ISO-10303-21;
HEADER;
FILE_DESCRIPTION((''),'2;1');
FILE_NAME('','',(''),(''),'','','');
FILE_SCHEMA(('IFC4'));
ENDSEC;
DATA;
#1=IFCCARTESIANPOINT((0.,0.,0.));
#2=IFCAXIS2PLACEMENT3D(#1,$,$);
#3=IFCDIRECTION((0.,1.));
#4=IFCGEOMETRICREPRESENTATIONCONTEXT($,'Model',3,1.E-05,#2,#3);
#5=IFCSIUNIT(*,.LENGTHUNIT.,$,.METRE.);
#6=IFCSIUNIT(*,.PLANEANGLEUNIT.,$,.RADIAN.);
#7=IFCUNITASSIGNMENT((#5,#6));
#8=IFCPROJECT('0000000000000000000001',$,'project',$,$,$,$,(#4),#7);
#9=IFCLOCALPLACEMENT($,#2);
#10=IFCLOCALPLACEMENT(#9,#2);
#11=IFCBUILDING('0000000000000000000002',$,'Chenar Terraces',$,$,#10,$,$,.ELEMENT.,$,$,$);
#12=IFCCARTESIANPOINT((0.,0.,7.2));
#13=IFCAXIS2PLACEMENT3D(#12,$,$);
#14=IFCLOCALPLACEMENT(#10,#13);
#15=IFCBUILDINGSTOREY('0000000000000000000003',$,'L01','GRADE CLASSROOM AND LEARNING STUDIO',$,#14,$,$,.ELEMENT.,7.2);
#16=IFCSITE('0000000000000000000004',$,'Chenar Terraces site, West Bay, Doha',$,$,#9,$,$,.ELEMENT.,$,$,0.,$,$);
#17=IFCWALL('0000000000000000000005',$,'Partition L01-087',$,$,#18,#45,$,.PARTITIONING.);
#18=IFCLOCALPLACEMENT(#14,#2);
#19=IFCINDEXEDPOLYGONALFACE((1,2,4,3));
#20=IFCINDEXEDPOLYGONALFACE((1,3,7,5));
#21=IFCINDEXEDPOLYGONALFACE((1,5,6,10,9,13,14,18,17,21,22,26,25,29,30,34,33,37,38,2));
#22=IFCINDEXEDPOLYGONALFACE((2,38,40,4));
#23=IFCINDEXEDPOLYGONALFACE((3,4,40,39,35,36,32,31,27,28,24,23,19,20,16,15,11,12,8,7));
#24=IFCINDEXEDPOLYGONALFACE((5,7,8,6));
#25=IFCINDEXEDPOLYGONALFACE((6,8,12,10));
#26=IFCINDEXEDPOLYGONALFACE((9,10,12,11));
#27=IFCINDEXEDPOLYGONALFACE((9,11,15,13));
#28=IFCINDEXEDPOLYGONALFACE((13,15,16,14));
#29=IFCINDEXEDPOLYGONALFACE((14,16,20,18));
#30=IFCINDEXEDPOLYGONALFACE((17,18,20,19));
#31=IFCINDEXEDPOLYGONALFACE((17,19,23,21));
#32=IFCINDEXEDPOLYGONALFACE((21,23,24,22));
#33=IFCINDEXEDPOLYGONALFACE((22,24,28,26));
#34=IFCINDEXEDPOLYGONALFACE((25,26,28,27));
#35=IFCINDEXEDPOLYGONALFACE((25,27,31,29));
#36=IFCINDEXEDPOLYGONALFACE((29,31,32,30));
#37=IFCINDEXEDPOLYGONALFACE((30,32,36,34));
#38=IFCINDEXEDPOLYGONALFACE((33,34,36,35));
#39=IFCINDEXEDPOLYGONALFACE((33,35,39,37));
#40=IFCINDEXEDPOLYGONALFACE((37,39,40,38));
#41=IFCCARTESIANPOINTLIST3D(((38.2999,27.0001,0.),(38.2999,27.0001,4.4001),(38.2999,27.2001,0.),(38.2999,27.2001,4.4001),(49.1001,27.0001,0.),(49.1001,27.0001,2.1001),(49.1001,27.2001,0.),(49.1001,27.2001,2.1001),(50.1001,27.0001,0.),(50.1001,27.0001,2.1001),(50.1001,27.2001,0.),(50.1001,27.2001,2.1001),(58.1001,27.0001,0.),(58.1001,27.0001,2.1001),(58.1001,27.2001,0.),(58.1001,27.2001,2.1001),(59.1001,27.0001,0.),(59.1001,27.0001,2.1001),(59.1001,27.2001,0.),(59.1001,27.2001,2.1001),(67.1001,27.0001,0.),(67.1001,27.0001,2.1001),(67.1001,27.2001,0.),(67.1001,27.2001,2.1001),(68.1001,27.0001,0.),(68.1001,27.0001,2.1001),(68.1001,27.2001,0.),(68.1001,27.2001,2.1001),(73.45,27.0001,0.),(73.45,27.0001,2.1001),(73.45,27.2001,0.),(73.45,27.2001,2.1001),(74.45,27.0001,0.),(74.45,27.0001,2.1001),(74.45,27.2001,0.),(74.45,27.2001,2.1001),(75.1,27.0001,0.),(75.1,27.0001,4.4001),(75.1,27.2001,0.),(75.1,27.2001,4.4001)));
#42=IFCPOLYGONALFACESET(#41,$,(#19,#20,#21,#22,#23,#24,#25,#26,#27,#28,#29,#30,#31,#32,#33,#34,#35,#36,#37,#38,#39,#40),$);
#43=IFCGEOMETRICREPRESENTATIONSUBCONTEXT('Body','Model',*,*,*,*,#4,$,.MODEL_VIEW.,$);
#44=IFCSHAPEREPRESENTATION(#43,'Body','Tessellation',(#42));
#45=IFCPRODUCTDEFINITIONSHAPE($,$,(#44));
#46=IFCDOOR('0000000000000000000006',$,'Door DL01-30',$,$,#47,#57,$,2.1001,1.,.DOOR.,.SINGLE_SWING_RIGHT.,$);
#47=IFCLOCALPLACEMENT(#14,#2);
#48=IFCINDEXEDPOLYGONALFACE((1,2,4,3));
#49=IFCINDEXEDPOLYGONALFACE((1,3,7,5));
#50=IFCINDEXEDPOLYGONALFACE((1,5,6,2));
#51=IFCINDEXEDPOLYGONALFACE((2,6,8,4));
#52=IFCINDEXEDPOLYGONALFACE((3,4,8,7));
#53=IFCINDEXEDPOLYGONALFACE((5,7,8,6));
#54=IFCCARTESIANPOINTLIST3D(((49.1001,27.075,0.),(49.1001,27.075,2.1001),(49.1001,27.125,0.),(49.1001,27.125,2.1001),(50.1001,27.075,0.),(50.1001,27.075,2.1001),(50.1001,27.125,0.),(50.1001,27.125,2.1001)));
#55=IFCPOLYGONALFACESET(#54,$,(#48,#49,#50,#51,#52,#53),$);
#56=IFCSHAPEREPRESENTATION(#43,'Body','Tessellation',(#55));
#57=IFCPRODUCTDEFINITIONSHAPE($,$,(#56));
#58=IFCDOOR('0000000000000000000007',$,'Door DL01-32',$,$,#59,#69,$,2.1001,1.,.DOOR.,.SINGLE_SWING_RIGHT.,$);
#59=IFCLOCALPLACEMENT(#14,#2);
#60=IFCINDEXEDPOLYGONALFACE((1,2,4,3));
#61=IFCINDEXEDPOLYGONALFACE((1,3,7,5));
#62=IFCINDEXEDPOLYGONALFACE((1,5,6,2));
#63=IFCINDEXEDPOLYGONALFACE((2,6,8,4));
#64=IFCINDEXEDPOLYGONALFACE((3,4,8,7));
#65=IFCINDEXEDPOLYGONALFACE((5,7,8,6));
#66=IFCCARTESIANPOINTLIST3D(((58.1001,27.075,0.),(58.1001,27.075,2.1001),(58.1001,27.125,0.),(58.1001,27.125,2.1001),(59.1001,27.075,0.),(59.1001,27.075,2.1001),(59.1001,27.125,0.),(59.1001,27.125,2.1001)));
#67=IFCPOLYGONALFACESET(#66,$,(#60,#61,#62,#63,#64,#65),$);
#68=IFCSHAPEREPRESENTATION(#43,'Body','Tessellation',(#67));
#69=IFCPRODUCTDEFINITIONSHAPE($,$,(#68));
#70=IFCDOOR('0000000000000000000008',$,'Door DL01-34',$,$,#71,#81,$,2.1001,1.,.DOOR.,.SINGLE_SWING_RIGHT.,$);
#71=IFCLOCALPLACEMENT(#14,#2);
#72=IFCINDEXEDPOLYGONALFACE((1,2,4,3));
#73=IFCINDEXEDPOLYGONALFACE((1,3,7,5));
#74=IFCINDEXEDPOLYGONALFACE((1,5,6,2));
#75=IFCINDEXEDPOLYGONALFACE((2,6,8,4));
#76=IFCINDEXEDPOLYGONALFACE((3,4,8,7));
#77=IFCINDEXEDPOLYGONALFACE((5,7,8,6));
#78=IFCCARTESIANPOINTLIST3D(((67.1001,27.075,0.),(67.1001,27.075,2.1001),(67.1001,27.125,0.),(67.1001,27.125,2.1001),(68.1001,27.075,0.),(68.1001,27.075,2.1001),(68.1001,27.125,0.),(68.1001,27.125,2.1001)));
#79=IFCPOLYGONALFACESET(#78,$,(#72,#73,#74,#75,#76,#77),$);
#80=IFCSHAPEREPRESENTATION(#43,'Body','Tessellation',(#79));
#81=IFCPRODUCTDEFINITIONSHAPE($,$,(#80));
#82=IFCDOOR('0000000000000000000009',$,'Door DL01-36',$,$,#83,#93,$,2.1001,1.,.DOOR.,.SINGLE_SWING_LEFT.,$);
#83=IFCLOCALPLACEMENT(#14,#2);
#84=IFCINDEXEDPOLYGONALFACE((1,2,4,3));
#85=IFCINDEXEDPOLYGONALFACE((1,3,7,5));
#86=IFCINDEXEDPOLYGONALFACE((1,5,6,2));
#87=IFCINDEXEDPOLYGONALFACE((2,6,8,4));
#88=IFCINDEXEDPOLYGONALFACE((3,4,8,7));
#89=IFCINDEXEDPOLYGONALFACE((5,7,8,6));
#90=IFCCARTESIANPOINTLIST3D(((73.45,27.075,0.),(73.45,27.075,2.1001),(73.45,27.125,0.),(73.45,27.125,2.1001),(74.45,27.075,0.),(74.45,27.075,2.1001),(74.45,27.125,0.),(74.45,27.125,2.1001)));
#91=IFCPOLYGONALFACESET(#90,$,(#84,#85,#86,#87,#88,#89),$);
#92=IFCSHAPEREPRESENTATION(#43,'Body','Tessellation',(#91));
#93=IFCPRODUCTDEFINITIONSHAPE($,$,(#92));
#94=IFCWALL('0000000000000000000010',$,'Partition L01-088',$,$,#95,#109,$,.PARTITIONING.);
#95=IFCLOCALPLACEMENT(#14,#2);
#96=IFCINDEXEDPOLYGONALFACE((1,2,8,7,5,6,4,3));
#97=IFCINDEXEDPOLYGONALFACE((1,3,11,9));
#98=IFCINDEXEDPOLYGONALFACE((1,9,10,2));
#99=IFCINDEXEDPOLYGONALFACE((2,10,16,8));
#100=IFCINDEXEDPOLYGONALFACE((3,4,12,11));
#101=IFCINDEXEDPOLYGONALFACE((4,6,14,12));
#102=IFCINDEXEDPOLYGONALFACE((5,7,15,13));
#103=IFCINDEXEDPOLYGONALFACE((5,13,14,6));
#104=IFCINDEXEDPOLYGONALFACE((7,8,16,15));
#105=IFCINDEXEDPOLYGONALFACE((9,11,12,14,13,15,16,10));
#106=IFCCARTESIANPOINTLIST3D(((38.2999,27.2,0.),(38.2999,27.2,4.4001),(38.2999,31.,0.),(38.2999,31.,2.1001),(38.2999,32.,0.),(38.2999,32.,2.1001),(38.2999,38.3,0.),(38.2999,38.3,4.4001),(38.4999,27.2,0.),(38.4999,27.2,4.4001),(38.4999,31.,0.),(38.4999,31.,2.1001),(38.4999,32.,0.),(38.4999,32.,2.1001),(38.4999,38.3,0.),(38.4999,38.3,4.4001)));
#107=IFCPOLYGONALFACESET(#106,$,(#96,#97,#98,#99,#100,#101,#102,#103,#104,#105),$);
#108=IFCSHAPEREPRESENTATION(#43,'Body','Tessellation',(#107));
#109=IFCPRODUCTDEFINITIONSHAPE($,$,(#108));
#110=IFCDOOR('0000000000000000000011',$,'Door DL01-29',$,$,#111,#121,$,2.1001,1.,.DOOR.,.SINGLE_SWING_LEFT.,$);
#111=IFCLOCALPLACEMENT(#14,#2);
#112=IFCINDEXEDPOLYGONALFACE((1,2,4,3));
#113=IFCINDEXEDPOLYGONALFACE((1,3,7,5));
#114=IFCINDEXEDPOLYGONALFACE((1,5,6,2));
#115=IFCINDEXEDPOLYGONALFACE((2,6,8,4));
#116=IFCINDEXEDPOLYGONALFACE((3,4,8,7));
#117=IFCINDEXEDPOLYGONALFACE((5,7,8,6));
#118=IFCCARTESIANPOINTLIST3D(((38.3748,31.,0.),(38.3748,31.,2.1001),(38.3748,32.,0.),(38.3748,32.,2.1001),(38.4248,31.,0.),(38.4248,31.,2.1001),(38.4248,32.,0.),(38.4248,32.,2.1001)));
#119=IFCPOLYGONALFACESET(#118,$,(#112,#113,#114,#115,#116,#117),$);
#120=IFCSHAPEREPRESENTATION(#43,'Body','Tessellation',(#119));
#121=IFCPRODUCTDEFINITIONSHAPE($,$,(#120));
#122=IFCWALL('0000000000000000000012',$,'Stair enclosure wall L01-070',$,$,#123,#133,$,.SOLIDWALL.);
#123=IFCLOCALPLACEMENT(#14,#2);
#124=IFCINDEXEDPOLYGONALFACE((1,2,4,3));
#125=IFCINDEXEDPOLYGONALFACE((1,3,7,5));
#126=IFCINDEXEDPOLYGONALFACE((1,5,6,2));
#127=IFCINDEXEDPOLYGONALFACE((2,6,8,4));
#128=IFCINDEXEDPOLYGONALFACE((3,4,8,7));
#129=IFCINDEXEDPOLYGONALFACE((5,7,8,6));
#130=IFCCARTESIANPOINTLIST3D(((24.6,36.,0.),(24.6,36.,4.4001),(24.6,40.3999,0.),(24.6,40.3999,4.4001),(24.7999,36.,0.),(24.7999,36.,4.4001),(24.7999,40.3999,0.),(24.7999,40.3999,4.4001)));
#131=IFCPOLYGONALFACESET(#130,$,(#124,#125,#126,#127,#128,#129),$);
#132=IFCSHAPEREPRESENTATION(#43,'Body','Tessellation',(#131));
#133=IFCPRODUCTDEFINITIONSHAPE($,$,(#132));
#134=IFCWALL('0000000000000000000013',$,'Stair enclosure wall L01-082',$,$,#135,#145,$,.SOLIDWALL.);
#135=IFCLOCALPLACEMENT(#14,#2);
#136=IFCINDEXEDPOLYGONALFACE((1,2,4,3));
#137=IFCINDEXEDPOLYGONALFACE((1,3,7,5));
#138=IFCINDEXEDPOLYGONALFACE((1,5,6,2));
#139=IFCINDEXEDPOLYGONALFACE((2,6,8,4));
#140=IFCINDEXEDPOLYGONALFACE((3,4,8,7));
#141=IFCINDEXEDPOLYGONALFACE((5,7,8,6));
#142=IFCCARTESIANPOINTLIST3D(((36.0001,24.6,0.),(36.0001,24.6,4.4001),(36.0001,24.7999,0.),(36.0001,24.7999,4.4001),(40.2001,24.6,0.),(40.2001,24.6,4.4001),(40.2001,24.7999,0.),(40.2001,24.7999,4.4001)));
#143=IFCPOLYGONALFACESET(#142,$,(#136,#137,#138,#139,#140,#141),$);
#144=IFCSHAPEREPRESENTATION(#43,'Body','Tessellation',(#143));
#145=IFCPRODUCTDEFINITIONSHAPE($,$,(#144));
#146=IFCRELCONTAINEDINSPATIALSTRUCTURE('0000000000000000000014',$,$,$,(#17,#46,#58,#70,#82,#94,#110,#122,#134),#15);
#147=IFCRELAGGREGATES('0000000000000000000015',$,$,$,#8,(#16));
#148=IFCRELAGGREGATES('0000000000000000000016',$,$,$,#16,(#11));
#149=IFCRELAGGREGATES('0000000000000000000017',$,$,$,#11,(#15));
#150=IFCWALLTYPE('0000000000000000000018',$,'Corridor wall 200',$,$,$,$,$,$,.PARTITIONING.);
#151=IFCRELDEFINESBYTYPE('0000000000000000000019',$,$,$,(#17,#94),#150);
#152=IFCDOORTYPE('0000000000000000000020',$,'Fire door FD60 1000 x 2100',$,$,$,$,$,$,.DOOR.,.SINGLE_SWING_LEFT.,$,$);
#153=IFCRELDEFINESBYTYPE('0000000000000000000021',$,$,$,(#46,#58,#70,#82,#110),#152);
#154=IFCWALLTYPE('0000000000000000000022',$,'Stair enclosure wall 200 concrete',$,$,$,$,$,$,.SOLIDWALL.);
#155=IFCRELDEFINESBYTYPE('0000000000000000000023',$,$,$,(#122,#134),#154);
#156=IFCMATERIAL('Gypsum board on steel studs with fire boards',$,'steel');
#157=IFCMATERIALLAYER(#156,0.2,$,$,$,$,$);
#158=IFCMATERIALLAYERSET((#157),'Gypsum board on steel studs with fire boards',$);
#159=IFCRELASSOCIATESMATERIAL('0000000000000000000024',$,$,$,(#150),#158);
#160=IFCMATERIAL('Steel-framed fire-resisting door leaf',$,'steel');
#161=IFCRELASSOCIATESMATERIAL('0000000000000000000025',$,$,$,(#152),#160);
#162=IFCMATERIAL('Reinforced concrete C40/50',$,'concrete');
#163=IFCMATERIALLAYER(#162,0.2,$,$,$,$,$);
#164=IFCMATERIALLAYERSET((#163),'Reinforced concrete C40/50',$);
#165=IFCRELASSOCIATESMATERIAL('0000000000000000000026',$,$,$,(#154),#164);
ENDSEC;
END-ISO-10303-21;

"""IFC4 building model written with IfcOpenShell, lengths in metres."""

from ifc_helpers import new_model, si_unit, direction, frame, frame_2d, origin, place, context, subcontext, project, spatial, rectangle, extrude, material, layer, layer_set, type_object, element, fill, save


model = new_model("IFC4")

# Units and contexts
model_context = context("Model", 3, precision=1e-05, world=origin(), true_north=direction((0.0, 1.0)))
body_context = subcontext(model_context, "Body", "Model", "MODEL_VIEW")
ifc_project = project(units=[si_unit("LENGTHUNIT", "METRE"), si_unit("PLANEANGLEUNIT", "RADIAN")], contexts=[model_context])

# Site, building, storey
site_placement = place(None, origin())
site = spatial("IfcSite", under=ifc_project, at=site_placement, Name="Chenar Terraces site, West Bay, Doha", CompositionType="ELEMENT", RefElevation=0.0)
building_placement = place(site_placement, origin())
building = spatial("IfcBuilding", under=site, at=building_placement, Name="Chenar Terraces", CompositionType="ELEMENT")
storey_placement = place(building_placement, frame((0.0, 0.0, 7.2)))
storey = spatial("IfcBuildingStorey", under=building, at=storey_placement, Name="L01", Description="GRADE CLASSROOM AND LEARNING STUDIO", CompositionType="ELEMENT", Elevation=7.2)

# Wall, openings, doors
ifc_material_1 = material(Name="Gypsum board on steel studs with fire boards", Category="steel")
ifc_layer_1 = layer(ifc_material_1, 0.2)
ifc_layer_set_1 = layer_set([ifc_layer_1], Name="Gypsum board on steel studs with fire boards")
wall_type_1 = type_object("IfcWallType", Name="Corridor wall 200", PredefinedType="PARTITIONING", material=ifc_layer_set_1)
ifc_material_2 = material(Name="Steel-framed fire-resisting door leaf", Category="steel")
door_type_1 = type_object("IfcDoorType", Name="Fire door FD60 1000 x 2100", OperationType="SINGLE_SWING_LEFT", PredefinedType="DOOR", material=ifc_material_2)
wall_1_placement = place(storey_placement, frame((38.3, 27.1001, 0.0), z_axis=(0.0, 0.0, 1.0), x_axis=(1.0, 0.0, 0.0)))
wall_1 = element("IfcWall", 1, at=wall_1_placement, inside=storey, type_object=wall_type_1, Name="Partition L01-087", PredefinedType="PARTITIONING", context=body_context, shape_type="SweptSolid", body=[
    extrude(rectangle(XDim=36.8, YDim=0.2, at=frame_2d((18.3999, 0.0))), origin(), (0.0, 0.0, 1.0), 4.4001),
])
opening_1_placement = place(wall_1_placement, frame((10.8, 0.0, 0.0)))
opening_1 = element("IfcOpeningElement", 2, at=opening_1_placement, cuts=wall_1, PredefinedType="OPENING", context=body_context, shape_type="SweptSolid", body=[
    extrude(rectangle(XDim=1.0, YDim=2.1001, at=frame_2d((0.5, 1.05))), frame((0.0, 0.1099, 0.0), z_axis=(0.0, -1.0, 0.0), x_axis=(1.0, 0.0, 0.0)), (0.0, 0.0, 1.0), 0.22),
])
opening_2_placement = place(wall_1_placement, frame((19.8, 0.0, 0.0)))
opening_2 = element("IfcOpeningElement", 3, at=opening_2_placement, cuts=wall_1, PredefinedType="OPENING", context=body_context, shape_type="SweptSolid", body=[
    extrude(rectangle(XDim=1.0, YDim=2.1001, at=frame_2d((0.5, 1.05))), frame((0.0, 0.1099, 0.0), z_axis=(0.0, -1.0, 0.0), x_axis=(1.0, 0.0, 0.0)), (0.0, 0.0, 1.0), 0.22),
])
opening_3_placement = place(wall_1_placement, frame((28.8, 0.0, 0.0)))
opening_3 = element("IfcOpeningElement", 4, at=opening_3_placement, cuts=wall_1, PredefinedType="OPENING", context=body_context, shape_type="SweptSolid", body=[
    extrude(rectangle(XDim=1.0, YDim=2.1001, at=frame_2d((0.5, 1.05))), frame((0.0, 0.1099, 0.0), z_axis=(0.0, -1.0, 0.0), x_axis=(1.0, 0.0, 0.0)), (0.0, 0.0, 1.0), 0.22),
])
opening_4_placement = place(wall_1_placement, frame((35.1499, 0.0, 0.0)))
opening_4 = element("IfcOpeningElement", 5, at=opening_4_placement, cuts=wall_1, PredefinedType="OPENING", context=body_context, shape_type="SweptSolid", body=[
    extrude(rectangle(XDim=1.0, YDim=2.1001, at=frame_2d((0.5, 1.05))), frame((0.0, 0.1099, 0.0), z_axis=(0.0, -1.0, 0.0), x_axis=(1.0, 0.0, 0.0)), (0.0, 0.0, 1.0), 0.22),
])
door_1_placement = place(opening_1_placement, origin())
door_1 = element("IfcDoor", 6, at=door_1_placement, inside=storey, type_object=door_type_1, Name="Door DL01-30", OperationType="SINGLE_SWING_RIGHT", OverallHeight=2.1001, OverallWidth=1.0, PredefinedType="DOOR", context=body_context, shape_type="SweptSolid", body=[
    extrude(rectangle(XDim=1.0, YDim=2.1001, at=frame_2d((0.5, 1.05))), frame((0.0, 0.0249, 0.0), z_axis=(0.0, -1.0, 0.0), x_axis=(1.0, 0.0, 0.0)), (0.0, 0.0, 1.0), 0.05),
])
fill(opening_1, door_1)
door_2_placement = place(opening_2_placement, origin())
door_2 = element("IfcDoor", 7, at=door_2_placement, inside=storey, type_object=door_type_1, Name="Door DL01-32", OperationType="SINGLE_SWING_RIGHT", OverallHeight=2.1001, OverallWidth=1.0, PredefinedType="DOOR", context=body_context, shape_type="SweptSolid", body=[
    extrude(rectangle(XDim=1.0, YDim=2.1001, at=frame_2d((0.5, 1.05))), frame((0.0, 0.0249, 0.0), z_axis=(0.0, -1.0, 0.0), x_axis=(1.0, 0.0, 0.0)), (0.0, 0.0, 1.0), 0.05),
])
fill(opening_2, door_2)
door_3_placement = place(opening_3_placement, origin())
door_3 = element("IfcDoor", 8, at=door_3_placement, inside=storey, type_object=door_type_1, Name="Door DL01-34", OperationType="SINGLE_SWING_RIGHT", OverallHeight=2.1001, OverallWidth=1.0, PredefinedType="DOOR", context=body_context, shape_type="SweptSolid", body=[
    extrude(rectangle(XDim=1.0, YDim=2.1001, at=frame_2d((0.5, 1.05))), frame((0.0, 0.0249, 0.0), z_axis=(0.0, -1.0, 0.0), x_axis=(1.0, 0.0, 0.0)), (0.0, 0.0, 1.0), 0.05),
])
fill(opening_3, door_3)
door_4_placement = place(opening_4_placement, origin())
door_4 = element("IfcDoor", 9, at=door_4_placement, inside=storey, type_object=door_type_1, Name="Door DL01-36", OperationType="SINGLE_SWING_LEFT", OverallHeight=2.1001, OverallWidth=1.0, PredefinedType="DOOR", context=body_context, shape_type="SweptSolid", body=[
    extrude(rectangle(XDim=1.0, YDim=2.1001, at=frame_2d((0.5, 1.05))), frame((0.0, 0.0249, 0.0), z_axis=(0.0, -1.0, 0.0), x_axis=(1.0, 0.0, 0.0)), (0.0, 0.0, 1.0), 0.05),
])
fill(opening_4, door_4)

# Wall, opening, door
wall_2_placement = place(storey_placement, frame((38.3999, 27.2, 0.0), z_axis=(0.0, 0.0, 1.0), x_axis=(0.0, 1.0, 0.0)))
wall_2 = element("IfcWall", 10, at=wall_2_placement, inside=storey, type_object=wall_type_1, Name="Partition L01-088", PredefinedType="PARTITIONING", context=body_context, shape_type="SweptSolid", body=[
    extrude(rectangle(XDim=11.1001, YDim=0.2, at=frame_2d((5.55, 0.0))), origin(), (0.0, 0.0, 1.0), 4.4001),
])
opening_5_placement = place(wall_2_placement, frame((3.8, 0.0, 0.0)))
opening_5 = element("IfcOpeningElement", 11, at=opening_5_placement, cuts=wall_2, PredefinedType="OPENING", context=body_context, shape_type="SweptSolid", body=[
    extrude(rectangle(XDim=1.0, YDim=2.1001, at=frame_2d((0.5, 1.05))), frame((0.0, 0.1099, 0.0), z_axis=(0.0, -1.0, 0.0), x_axis=(1.0, 0.0, 0.0)), (0.0, 0.0, 1.0), 0.22),
])
door_5_placement = place(opening_5_placement, frame((1.0, 0.0, 0.0), z_axis=(0.0, 0.0, 1.0), x_axis=(-1.0, 0.0, 0.0)))
door_5 = element("IfcDoor", 12, at=door_5_placement, inside=storey, type_object=door_type_1, Name="Door DL01-29", OperationType="SINGLE_SWING_LEFT", OverallHeight=2.1001, OverallWidth=1.0, PredefinedType="DOOR", context=body_context, shape_type="SweptSolid", body=[
    extrude(rectangle(XDim=1.0, YDim=2.1001, at=frame_2d((0.5, 1.05))), frame((0.0, 0.0249, 0.0), z_axis=(0.0, -1.0, 0.0), x_axis=(1.0, 0.0, 0.0)), (0.0, 0.0, 1.0), 0.05),
])
fill(opening_5, door_5)

# Walls
ifc_material_3 = material(Name="Reinforced concrete C40/50", Category="concrete")
ifc_layer_2 = layer(ifc_material_3, 0.2)
ifc_layer_set_2 = layer_set([ifc_layer_2], Name="Reinforced concrete C40/50")
wall_type_2 = type_object("IfcWallType", Name="Stair enclosure wall 200 concrete", PredefinedType="SOLIDWALL", material=ifc_layer_set_2)
wall_3_placement = place(storey_placement, frame((24.7, 36.0, 0.0), z_axis=(0.0, 0.0, 1.0), x_axis=(0.0, 1.0, 0.0)))
element("IfcWall", 13, at=wall_3_placement, inside=storey, type_object=wall_type_2, Name="Stair enclosure wall L01-070", PredefinedType="SOLIDWALL", context=body_context, shape_type="SweptSolid", body=[
    extrude(rectangle(XDim=4.3999, YDim=0.2, at=frame_2d((2.2, 0.0))), origin(), (0.0, 0.0, 1.0), 4.4001),
])
wall_4_placement = place(storey_placement, frame((36.0, 24.7, 0.0), z_axis=(0.0, 0.0, 1.0), x_axis=(1.0, 0.0, 0.0)))
element("IfcWall", 14, at=wall_4_placement, inside=storey, type_object=wall_type_2, Name="Stair enclosure wall L01-082", PredefinedType="SOLIDWALL", context=body_context, shape_type="SweptSolid", body=[
    extrude(rectangle(XDim=4.2, YDim=0.2, at=frame_2d((2.1001, 0.0))), origin(), (0.0, 0.0, 1.0), 4.4001),
])

save(model, "model.ifc")
